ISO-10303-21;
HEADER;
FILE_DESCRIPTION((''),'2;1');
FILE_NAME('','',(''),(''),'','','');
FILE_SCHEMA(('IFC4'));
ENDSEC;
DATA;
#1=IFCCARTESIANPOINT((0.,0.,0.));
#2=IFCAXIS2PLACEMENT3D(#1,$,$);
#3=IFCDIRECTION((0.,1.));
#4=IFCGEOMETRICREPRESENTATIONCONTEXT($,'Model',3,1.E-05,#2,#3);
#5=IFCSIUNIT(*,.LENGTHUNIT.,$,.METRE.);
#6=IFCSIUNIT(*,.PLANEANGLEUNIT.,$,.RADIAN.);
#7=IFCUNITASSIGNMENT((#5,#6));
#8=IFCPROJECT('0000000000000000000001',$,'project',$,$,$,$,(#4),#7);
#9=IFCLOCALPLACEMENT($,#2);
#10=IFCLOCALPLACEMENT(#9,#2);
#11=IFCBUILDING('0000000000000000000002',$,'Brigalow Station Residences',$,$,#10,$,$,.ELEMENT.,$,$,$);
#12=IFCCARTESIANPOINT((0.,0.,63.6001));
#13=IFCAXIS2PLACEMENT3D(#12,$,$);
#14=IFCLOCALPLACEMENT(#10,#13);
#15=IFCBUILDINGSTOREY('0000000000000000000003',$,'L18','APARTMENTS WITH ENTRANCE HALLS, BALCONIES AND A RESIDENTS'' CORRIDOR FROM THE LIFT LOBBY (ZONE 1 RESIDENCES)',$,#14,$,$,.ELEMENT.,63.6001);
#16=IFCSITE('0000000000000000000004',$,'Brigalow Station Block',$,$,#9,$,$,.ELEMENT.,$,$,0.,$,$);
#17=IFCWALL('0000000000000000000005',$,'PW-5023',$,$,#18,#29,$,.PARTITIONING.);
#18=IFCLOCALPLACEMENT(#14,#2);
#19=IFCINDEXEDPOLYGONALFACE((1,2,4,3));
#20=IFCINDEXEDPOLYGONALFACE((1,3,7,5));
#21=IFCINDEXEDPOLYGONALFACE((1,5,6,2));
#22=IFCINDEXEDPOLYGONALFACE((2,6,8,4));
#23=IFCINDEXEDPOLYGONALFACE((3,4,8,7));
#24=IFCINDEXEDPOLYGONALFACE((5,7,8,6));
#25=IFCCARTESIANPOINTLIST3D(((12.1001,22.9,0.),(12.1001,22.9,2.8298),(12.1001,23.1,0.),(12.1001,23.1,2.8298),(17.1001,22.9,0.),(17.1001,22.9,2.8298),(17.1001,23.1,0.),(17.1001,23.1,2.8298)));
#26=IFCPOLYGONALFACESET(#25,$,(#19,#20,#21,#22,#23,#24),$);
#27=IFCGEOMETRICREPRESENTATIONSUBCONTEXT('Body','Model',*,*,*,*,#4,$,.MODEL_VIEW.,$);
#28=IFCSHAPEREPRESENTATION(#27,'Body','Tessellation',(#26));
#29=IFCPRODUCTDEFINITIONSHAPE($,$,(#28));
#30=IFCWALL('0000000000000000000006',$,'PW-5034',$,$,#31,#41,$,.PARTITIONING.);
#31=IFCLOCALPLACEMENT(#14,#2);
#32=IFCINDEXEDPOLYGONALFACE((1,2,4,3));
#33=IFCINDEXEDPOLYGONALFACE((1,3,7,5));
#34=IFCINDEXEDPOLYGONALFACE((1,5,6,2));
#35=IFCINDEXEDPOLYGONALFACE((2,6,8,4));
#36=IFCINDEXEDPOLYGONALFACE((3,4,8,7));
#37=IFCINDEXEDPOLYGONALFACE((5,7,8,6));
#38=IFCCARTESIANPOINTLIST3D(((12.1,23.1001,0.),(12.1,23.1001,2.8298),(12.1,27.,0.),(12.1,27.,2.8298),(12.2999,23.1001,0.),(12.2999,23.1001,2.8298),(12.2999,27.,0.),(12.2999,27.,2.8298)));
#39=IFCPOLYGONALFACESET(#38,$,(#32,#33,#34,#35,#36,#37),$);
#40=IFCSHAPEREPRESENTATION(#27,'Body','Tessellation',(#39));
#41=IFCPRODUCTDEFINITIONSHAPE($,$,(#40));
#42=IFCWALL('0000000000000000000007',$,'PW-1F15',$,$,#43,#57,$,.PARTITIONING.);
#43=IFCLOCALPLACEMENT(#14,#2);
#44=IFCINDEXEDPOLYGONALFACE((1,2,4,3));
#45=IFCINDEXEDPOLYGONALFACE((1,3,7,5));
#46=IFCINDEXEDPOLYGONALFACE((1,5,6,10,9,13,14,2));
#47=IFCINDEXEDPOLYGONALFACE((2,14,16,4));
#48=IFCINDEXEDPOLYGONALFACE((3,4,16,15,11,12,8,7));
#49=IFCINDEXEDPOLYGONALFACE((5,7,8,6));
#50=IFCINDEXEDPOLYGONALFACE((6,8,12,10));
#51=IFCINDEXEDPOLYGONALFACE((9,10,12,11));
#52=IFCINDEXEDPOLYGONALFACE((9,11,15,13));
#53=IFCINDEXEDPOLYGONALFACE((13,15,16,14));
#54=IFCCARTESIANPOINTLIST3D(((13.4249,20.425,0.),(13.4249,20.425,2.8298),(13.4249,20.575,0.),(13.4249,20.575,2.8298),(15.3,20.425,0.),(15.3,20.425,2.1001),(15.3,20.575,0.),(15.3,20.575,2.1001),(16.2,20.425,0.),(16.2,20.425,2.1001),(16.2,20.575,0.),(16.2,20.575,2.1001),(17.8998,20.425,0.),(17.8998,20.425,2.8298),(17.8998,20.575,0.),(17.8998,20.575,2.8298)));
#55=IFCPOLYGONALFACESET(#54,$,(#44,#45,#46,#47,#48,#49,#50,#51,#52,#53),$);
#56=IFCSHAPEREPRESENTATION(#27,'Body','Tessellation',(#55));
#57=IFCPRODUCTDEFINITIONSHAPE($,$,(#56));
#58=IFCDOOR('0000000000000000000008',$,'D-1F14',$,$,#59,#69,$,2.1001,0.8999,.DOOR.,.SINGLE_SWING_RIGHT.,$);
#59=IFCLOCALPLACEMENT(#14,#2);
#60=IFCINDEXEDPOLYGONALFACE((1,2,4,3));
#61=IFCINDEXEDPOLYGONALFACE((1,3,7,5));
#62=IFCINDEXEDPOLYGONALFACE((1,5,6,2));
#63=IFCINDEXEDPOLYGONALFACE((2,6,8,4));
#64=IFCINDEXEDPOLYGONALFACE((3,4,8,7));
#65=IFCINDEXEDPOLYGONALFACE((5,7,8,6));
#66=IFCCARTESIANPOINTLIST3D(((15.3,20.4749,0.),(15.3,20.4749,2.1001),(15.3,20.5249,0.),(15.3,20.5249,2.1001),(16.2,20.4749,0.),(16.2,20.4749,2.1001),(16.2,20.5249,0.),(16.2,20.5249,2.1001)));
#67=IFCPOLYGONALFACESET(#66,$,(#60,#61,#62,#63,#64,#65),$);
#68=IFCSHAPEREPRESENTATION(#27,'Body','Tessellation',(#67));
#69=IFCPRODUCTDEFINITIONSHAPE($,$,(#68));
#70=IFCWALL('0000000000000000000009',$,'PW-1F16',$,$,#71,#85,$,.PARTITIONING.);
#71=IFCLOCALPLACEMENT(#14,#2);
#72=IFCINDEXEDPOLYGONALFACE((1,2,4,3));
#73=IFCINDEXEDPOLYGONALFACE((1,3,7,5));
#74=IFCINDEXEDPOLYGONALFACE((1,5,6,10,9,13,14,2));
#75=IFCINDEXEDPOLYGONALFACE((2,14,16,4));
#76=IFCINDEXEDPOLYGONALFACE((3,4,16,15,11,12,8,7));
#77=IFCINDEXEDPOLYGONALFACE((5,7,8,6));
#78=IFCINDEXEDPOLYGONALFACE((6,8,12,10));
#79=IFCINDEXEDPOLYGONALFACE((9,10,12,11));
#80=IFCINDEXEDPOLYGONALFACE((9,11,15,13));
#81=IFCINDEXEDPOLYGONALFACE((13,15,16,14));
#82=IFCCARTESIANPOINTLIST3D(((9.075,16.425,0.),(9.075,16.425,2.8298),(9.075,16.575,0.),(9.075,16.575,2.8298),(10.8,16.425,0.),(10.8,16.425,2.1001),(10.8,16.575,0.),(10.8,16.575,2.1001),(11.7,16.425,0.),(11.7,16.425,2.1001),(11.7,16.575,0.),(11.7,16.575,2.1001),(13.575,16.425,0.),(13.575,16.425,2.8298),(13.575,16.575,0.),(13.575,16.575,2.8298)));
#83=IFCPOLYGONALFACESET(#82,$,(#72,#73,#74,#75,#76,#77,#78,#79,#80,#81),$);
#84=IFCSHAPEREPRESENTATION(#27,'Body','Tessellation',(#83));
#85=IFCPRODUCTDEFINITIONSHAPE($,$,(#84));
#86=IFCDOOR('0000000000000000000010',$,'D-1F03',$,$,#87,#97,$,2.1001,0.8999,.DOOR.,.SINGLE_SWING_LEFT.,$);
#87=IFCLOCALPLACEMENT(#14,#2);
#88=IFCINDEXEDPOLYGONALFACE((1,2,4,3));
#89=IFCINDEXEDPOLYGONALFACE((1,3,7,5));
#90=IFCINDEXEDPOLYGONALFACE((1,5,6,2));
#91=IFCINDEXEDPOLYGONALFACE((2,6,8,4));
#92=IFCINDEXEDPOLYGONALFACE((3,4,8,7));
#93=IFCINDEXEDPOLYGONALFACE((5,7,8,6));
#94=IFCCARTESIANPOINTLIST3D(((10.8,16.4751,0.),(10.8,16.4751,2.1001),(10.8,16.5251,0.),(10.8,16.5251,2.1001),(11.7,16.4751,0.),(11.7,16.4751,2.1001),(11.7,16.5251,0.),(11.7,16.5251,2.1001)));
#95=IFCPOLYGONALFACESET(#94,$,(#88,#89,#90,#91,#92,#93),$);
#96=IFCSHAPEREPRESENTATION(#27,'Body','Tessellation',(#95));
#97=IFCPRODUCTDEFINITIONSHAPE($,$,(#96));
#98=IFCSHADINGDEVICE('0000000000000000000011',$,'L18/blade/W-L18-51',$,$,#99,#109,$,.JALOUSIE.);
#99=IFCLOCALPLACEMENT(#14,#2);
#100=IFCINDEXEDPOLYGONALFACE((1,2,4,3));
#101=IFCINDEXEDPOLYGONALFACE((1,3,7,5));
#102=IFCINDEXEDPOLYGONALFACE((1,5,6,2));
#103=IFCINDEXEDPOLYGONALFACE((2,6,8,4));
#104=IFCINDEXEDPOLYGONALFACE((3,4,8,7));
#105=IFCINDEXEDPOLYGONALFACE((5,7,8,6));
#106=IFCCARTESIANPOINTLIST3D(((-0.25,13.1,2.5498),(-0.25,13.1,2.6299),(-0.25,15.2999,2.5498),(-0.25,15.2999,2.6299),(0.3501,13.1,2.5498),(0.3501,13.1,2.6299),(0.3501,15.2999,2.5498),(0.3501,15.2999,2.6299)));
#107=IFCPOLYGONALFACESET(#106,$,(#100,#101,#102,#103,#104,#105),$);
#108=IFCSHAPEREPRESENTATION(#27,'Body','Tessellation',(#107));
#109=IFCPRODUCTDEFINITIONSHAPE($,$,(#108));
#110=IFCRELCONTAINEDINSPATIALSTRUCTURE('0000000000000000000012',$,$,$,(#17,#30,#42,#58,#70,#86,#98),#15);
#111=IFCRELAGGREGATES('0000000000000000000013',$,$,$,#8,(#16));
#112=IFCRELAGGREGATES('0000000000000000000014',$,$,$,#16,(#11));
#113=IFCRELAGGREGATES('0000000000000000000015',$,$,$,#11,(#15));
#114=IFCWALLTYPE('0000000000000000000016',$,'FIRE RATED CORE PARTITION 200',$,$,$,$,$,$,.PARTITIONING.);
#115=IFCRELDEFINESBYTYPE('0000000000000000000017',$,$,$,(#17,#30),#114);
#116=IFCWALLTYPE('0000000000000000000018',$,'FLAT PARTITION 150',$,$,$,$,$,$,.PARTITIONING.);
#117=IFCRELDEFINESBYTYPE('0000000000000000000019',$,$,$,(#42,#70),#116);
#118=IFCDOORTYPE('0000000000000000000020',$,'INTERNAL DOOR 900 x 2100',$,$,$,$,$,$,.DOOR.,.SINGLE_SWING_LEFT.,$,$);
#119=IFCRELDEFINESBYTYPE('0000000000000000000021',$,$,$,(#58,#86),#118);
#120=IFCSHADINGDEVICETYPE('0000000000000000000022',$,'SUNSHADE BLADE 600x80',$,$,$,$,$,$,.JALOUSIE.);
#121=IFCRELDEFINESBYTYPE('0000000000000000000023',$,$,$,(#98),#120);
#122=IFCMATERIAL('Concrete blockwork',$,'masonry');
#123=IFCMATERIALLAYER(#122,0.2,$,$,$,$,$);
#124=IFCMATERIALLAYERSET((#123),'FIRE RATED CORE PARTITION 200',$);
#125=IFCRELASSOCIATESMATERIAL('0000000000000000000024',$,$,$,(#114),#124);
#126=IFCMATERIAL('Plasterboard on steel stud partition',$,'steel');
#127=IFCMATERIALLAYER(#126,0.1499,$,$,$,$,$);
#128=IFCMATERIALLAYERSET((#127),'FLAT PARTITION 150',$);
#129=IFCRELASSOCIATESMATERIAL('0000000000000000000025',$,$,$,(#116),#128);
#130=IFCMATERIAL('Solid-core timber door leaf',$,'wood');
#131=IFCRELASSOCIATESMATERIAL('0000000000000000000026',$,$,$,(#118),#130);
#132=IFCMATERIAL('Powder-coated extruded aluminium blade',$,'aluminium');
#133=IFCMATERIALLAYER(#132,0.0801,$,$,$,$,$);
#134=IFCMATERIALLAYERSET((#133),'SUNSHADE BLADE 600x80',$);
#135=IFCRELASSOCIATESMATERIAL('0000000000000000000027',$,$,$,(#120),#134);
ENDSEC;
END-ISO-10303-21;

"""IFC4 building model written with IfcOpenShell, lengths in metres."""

from ifc_helpers import new_model, si_unit, direction, frame, frame_2d, origin, origin_2d, place, context, subcontext, project, spatial, rectangle, extrude, material, layer, layer_set, type_object, element, fill, save


model = new_model("IFC4")

# Units and contexts
model_context = context("Model", 3, precision=1e-05, world=origin(), true_north=direction((0.0, 1.0)))
body_context = subcontext(model_context, "Body", "Model", "MODEL_VIEW")
ifc_project = project(units=[si_unit("LENGTHUNIT", "METRE"), si_unit("PLANEANGLEUNIT", "RADIAN")], contexts=[model_context])

# Site, building, storey
site_placement = place(None, origin())
site = spatial("IfcSite", under=ifc_project, at=site_placement, Name="Brigalow Station Block", CompositionType="ELEMENT", RefElevation=0.0)
building_placement = place(site_placement, origin())
building = spatial("IfcBuilding", under=site, at=building_placement, Name="Brigalow Station Residences", CompositionType="ELEMENT")
storey_placement = place(building_placement, frame((0.0, 0.0, 63.6001)))
storey = spatial("IfcBuildingStorey", under=building, at=storey_placement, Name="L18", Description="APARTMENTS WITH ENTRANCE HALLS, BALCONIES AND A RESIDENTS' CORRIDOR FROM THE LIFT LOBBY (ZONE 1 RESIDENCES)", CompositionType="ELEMENT", Elevation=63.6001)

# Walls
ifc_material_1 = material(Name="Concrete blockwork", Category="masonry")
ifc_layer_1 = layer(ifc_material_1, 0.2)
ifc_layer_set_1 = layer_set([ifc_layer_1], Name="FIRE RATED CORE PARTITION 200")
wall_type_1 = type_object("IfcWallType", Name="FIRE RATED CORE PARTITION 200", PredefinedType="PARTITIONING", material=ifc_layer_set_1)
wall_1_placement = place(storey_placement, frame((12.1001, 23.0, 0.0), z_axis=(0.0, 0.0, 1.0), x_axis=(1.0, 0.0, 0.0)))
element("IfcWall", 1, at=wall_1_placement, inside=storey, type_object=wall_type_1, Name="PW-5023", PredefinedType="PARTITIONING", context=body_context, shape_type="SweptSolid", body=[
    extrude(rectangle(XDim=5.0, YDim=0.2, at=frame_2d((2.5, 0.0))), origin(), (0.0, 0.0, 1.0), 2.8298),
])
wall_2_placement = place(storey_placement, frame((12.2, 23.1001, 0.0), z_axis=(0.0, 0.0, 1.0), x_axis=(0.0, 1.0, 0.0)))
element("IfcWall", 2, at=wall_2_placement, inside=storey, type_object=wall_type_1, Name="PW-5034", PredefinedType="PARTITIONING", context=body_context, shape_type="SweptSolid", body=[
    extrude(rectangle(XDim=3.8999, YDim=0.2, at=frame_2d((1.95, 0.0))), origin(), (0.0, 0.0, 1.0), 2.8298),
])

# Walls, openings, doors
ifc_material_2 = material(Name="Plasterboard on steel stud partition", Category="steel")
ifc_layer_2 = layer(ifc_material_2, 0.1499)
ifc_layer_set_2 = layer_set([ifc_layer_2], Name="FLAT PARTITION 150")
wall_type_2 = type_object("IfcWallType", Name="FLAT PARTITION 150", PredefinedType="PARTITIONING", material=ifc_layer_set_2)
wall_3_placement = place(storey_placement, frame((13.425, 20.5, 0.0), z_axis=(0.0, 0.0, 1.0), x_axis=(1.0, 0.0, 0.0)))
wall_3 = element("IfcWall", 3, at=wall_3_placement, inside=storey, type_object=wall_type_2, Name="PW-1F15", PredefinedType="PARTITIONING", context=body_context, shape_type="SweptSolid", body=[
    extrude(rectangle(XDim=4.4749, YDim=0.1499, at=frame_2d((2.2373, 0.0))), origin(), (0.0, 0.0, 1.0), 2.8298),
])
opening_1_placement = place(wall_3_placement, frame((1.875, 0.0, 0.0)))
opening_1 = element("IfcOpeningElement", 4, at=opening_1_placement, cuts=wall_3, PredefinedType="OPENING", context=body_context, shape_type="SweptSolid", body=[
    extrude(rectangle(XDim=0.8999, YDim=2.1001, at=frame_2d((0.45, 1.05))), frame((0.0, 0.085, 0.0), z_axis=(0.0, -1.0, 0.0), x_axis=(1.0, 0.0, 0.0)), (0.0, 0.0, 1.0), 0.1699),
])
ifc_material_3 = material(Name="Solid-core timber door leaf", Category="wood")
door_type_1 = type_object("IfcDoorType", Name="INTERNAL DOOR 900 x 2100", OperationType="SINGLE_SWING_LEFT", PredefinedType="DOOR", material=ifc_material_3)
door_1_placement = place(opening_1_placement, origin())
door_1 = element("IfcDoor", 5, at=door_1_placement, inside=storey, type_object=door_type_1, Name="D-1F14", OperationType="SINGLE_SWING_RIGHT", OverallHeight=2.1001, OverallWidth=0.8999, PredefinedType="DOOR", context=body_context, shape_type="SweptSolid", body=[
    extrude(rectangle(XDim=0.8999, YDim=2.1001, at=frame_2d((0.45, 1.05))), frame((0.0, 0.0249, 0.0), z_axis=(0.0, -1.0, 0.0), x_axis=(1.0, 0.0, 0.0)), (0.0, 0.0, 1.0), 0.05),
])
fill(opening_1, door_1)
wall_4_placement = place(storey_placement, frame((9.075, 16.5, 0.0), z_axis=(0.0, 0.0, 1.0), x_axis=(1.0, 0.0, 0.0)))
wall_4 = element("IfcWall", 6, at=wall_4_placement, inside=storey, type_object=wall_type_2, Name="PW-1F16", PredefinedType="PARTITIONING", context=body_context, shape_type="SweptSolid", body=[
    extrude(rectangle(XDim=4.5, YDim=0.1499, at=frame_2d((2.25, 0.0))), origin(), (0.0, 0.0, 1.0), 2.8298),
])
opening_2_placement = place(wall_4_placement, frame((1.7251, 0.0, 0.0)))
opening_2 = element("IfcOpeningElement", 7, at=opening_2_placement, cuts=wall_4, PredefinedType="OPENING", context=body_context, shape_type="SweptSolid", body=[
    extrude(rectangle(XDim=0.8999, YDim=2.1001, at=frame_2d((0.45, 1.05))), frame((0.0, 0.085, 0.0), z_axis=(0.0, -1.0, 0.0), x_axis=(1.0, 0.0, 0.0)), (0.0, 0.0, 1.0), 0.1699),
])
door_2_placement = place(opening_2_placement, frame((0.8999, 0.0, 0.0), z_axis=(0.0, 0.0, 1.0), x_axis=(-1.0, 0.0, 0.0)))
door_2 = element("IfcDoor", 8, at=door_2_placement, inside=storey, type_object=door_type_1, Name="D-1F03", OperationType="SINGLE_SWING_LEFT", OverallHeight=2.1001, OverallWidth=0.8999, PredefinedType="DOOR", context=body_context, shape_type="SweptSolid", body=[
    extrude(rectangle(XDim=0.8999, YDim=2.1001, at=frame_2d((0.45, 1.05))), frame((0.0, 0.0249, 0.0), z_axis=(0.0, -1.0, 0.0), x_axis=(1.0, 0.0, 0.0)), (0.0, 0.0, 1.0), 0.05),
])
fill(opening_2, door_2)

# Shading device
ifc_material_4 = material(Name="Powder-coated extruded aluminium blade", Category="aluminium")
ifc_layer_3 = layer(ifc_material_4, 0.0801)
ifc_layer_set_3 = layer_set([ifc_layer_3], Name="SUNSHADE BLADE 600x80")
shading_device_type = type_object("IfcShadingDeviceType", Name="SUNSHADE BLADE 600x80", PredefinedType="JALOUSIE", material=ifc_layer_set_3)
shading_device_placement = place(storey_placement, frame((0.05, 14.2, 2.5498), z_axis=(0.0, 0.0, 1.0), x_axis=(0.0, -1.0, 0.0)))
element("IfcShadingDevice", 9, at=shading_device_placement, inside=storey, type_object=shading_device_type, Name="L18/blade/W-L18-51", PredefinedType="JALOUSIE", context=body_context, shape_type="SweptSolid", body=[
    extrude(rectangle(XDim=2.2, YDim=0.6001, at=origin_2d()), origin(), (0.0, 0.0, 1.0), 0.0801),
])

save(model, "model.ifc")
